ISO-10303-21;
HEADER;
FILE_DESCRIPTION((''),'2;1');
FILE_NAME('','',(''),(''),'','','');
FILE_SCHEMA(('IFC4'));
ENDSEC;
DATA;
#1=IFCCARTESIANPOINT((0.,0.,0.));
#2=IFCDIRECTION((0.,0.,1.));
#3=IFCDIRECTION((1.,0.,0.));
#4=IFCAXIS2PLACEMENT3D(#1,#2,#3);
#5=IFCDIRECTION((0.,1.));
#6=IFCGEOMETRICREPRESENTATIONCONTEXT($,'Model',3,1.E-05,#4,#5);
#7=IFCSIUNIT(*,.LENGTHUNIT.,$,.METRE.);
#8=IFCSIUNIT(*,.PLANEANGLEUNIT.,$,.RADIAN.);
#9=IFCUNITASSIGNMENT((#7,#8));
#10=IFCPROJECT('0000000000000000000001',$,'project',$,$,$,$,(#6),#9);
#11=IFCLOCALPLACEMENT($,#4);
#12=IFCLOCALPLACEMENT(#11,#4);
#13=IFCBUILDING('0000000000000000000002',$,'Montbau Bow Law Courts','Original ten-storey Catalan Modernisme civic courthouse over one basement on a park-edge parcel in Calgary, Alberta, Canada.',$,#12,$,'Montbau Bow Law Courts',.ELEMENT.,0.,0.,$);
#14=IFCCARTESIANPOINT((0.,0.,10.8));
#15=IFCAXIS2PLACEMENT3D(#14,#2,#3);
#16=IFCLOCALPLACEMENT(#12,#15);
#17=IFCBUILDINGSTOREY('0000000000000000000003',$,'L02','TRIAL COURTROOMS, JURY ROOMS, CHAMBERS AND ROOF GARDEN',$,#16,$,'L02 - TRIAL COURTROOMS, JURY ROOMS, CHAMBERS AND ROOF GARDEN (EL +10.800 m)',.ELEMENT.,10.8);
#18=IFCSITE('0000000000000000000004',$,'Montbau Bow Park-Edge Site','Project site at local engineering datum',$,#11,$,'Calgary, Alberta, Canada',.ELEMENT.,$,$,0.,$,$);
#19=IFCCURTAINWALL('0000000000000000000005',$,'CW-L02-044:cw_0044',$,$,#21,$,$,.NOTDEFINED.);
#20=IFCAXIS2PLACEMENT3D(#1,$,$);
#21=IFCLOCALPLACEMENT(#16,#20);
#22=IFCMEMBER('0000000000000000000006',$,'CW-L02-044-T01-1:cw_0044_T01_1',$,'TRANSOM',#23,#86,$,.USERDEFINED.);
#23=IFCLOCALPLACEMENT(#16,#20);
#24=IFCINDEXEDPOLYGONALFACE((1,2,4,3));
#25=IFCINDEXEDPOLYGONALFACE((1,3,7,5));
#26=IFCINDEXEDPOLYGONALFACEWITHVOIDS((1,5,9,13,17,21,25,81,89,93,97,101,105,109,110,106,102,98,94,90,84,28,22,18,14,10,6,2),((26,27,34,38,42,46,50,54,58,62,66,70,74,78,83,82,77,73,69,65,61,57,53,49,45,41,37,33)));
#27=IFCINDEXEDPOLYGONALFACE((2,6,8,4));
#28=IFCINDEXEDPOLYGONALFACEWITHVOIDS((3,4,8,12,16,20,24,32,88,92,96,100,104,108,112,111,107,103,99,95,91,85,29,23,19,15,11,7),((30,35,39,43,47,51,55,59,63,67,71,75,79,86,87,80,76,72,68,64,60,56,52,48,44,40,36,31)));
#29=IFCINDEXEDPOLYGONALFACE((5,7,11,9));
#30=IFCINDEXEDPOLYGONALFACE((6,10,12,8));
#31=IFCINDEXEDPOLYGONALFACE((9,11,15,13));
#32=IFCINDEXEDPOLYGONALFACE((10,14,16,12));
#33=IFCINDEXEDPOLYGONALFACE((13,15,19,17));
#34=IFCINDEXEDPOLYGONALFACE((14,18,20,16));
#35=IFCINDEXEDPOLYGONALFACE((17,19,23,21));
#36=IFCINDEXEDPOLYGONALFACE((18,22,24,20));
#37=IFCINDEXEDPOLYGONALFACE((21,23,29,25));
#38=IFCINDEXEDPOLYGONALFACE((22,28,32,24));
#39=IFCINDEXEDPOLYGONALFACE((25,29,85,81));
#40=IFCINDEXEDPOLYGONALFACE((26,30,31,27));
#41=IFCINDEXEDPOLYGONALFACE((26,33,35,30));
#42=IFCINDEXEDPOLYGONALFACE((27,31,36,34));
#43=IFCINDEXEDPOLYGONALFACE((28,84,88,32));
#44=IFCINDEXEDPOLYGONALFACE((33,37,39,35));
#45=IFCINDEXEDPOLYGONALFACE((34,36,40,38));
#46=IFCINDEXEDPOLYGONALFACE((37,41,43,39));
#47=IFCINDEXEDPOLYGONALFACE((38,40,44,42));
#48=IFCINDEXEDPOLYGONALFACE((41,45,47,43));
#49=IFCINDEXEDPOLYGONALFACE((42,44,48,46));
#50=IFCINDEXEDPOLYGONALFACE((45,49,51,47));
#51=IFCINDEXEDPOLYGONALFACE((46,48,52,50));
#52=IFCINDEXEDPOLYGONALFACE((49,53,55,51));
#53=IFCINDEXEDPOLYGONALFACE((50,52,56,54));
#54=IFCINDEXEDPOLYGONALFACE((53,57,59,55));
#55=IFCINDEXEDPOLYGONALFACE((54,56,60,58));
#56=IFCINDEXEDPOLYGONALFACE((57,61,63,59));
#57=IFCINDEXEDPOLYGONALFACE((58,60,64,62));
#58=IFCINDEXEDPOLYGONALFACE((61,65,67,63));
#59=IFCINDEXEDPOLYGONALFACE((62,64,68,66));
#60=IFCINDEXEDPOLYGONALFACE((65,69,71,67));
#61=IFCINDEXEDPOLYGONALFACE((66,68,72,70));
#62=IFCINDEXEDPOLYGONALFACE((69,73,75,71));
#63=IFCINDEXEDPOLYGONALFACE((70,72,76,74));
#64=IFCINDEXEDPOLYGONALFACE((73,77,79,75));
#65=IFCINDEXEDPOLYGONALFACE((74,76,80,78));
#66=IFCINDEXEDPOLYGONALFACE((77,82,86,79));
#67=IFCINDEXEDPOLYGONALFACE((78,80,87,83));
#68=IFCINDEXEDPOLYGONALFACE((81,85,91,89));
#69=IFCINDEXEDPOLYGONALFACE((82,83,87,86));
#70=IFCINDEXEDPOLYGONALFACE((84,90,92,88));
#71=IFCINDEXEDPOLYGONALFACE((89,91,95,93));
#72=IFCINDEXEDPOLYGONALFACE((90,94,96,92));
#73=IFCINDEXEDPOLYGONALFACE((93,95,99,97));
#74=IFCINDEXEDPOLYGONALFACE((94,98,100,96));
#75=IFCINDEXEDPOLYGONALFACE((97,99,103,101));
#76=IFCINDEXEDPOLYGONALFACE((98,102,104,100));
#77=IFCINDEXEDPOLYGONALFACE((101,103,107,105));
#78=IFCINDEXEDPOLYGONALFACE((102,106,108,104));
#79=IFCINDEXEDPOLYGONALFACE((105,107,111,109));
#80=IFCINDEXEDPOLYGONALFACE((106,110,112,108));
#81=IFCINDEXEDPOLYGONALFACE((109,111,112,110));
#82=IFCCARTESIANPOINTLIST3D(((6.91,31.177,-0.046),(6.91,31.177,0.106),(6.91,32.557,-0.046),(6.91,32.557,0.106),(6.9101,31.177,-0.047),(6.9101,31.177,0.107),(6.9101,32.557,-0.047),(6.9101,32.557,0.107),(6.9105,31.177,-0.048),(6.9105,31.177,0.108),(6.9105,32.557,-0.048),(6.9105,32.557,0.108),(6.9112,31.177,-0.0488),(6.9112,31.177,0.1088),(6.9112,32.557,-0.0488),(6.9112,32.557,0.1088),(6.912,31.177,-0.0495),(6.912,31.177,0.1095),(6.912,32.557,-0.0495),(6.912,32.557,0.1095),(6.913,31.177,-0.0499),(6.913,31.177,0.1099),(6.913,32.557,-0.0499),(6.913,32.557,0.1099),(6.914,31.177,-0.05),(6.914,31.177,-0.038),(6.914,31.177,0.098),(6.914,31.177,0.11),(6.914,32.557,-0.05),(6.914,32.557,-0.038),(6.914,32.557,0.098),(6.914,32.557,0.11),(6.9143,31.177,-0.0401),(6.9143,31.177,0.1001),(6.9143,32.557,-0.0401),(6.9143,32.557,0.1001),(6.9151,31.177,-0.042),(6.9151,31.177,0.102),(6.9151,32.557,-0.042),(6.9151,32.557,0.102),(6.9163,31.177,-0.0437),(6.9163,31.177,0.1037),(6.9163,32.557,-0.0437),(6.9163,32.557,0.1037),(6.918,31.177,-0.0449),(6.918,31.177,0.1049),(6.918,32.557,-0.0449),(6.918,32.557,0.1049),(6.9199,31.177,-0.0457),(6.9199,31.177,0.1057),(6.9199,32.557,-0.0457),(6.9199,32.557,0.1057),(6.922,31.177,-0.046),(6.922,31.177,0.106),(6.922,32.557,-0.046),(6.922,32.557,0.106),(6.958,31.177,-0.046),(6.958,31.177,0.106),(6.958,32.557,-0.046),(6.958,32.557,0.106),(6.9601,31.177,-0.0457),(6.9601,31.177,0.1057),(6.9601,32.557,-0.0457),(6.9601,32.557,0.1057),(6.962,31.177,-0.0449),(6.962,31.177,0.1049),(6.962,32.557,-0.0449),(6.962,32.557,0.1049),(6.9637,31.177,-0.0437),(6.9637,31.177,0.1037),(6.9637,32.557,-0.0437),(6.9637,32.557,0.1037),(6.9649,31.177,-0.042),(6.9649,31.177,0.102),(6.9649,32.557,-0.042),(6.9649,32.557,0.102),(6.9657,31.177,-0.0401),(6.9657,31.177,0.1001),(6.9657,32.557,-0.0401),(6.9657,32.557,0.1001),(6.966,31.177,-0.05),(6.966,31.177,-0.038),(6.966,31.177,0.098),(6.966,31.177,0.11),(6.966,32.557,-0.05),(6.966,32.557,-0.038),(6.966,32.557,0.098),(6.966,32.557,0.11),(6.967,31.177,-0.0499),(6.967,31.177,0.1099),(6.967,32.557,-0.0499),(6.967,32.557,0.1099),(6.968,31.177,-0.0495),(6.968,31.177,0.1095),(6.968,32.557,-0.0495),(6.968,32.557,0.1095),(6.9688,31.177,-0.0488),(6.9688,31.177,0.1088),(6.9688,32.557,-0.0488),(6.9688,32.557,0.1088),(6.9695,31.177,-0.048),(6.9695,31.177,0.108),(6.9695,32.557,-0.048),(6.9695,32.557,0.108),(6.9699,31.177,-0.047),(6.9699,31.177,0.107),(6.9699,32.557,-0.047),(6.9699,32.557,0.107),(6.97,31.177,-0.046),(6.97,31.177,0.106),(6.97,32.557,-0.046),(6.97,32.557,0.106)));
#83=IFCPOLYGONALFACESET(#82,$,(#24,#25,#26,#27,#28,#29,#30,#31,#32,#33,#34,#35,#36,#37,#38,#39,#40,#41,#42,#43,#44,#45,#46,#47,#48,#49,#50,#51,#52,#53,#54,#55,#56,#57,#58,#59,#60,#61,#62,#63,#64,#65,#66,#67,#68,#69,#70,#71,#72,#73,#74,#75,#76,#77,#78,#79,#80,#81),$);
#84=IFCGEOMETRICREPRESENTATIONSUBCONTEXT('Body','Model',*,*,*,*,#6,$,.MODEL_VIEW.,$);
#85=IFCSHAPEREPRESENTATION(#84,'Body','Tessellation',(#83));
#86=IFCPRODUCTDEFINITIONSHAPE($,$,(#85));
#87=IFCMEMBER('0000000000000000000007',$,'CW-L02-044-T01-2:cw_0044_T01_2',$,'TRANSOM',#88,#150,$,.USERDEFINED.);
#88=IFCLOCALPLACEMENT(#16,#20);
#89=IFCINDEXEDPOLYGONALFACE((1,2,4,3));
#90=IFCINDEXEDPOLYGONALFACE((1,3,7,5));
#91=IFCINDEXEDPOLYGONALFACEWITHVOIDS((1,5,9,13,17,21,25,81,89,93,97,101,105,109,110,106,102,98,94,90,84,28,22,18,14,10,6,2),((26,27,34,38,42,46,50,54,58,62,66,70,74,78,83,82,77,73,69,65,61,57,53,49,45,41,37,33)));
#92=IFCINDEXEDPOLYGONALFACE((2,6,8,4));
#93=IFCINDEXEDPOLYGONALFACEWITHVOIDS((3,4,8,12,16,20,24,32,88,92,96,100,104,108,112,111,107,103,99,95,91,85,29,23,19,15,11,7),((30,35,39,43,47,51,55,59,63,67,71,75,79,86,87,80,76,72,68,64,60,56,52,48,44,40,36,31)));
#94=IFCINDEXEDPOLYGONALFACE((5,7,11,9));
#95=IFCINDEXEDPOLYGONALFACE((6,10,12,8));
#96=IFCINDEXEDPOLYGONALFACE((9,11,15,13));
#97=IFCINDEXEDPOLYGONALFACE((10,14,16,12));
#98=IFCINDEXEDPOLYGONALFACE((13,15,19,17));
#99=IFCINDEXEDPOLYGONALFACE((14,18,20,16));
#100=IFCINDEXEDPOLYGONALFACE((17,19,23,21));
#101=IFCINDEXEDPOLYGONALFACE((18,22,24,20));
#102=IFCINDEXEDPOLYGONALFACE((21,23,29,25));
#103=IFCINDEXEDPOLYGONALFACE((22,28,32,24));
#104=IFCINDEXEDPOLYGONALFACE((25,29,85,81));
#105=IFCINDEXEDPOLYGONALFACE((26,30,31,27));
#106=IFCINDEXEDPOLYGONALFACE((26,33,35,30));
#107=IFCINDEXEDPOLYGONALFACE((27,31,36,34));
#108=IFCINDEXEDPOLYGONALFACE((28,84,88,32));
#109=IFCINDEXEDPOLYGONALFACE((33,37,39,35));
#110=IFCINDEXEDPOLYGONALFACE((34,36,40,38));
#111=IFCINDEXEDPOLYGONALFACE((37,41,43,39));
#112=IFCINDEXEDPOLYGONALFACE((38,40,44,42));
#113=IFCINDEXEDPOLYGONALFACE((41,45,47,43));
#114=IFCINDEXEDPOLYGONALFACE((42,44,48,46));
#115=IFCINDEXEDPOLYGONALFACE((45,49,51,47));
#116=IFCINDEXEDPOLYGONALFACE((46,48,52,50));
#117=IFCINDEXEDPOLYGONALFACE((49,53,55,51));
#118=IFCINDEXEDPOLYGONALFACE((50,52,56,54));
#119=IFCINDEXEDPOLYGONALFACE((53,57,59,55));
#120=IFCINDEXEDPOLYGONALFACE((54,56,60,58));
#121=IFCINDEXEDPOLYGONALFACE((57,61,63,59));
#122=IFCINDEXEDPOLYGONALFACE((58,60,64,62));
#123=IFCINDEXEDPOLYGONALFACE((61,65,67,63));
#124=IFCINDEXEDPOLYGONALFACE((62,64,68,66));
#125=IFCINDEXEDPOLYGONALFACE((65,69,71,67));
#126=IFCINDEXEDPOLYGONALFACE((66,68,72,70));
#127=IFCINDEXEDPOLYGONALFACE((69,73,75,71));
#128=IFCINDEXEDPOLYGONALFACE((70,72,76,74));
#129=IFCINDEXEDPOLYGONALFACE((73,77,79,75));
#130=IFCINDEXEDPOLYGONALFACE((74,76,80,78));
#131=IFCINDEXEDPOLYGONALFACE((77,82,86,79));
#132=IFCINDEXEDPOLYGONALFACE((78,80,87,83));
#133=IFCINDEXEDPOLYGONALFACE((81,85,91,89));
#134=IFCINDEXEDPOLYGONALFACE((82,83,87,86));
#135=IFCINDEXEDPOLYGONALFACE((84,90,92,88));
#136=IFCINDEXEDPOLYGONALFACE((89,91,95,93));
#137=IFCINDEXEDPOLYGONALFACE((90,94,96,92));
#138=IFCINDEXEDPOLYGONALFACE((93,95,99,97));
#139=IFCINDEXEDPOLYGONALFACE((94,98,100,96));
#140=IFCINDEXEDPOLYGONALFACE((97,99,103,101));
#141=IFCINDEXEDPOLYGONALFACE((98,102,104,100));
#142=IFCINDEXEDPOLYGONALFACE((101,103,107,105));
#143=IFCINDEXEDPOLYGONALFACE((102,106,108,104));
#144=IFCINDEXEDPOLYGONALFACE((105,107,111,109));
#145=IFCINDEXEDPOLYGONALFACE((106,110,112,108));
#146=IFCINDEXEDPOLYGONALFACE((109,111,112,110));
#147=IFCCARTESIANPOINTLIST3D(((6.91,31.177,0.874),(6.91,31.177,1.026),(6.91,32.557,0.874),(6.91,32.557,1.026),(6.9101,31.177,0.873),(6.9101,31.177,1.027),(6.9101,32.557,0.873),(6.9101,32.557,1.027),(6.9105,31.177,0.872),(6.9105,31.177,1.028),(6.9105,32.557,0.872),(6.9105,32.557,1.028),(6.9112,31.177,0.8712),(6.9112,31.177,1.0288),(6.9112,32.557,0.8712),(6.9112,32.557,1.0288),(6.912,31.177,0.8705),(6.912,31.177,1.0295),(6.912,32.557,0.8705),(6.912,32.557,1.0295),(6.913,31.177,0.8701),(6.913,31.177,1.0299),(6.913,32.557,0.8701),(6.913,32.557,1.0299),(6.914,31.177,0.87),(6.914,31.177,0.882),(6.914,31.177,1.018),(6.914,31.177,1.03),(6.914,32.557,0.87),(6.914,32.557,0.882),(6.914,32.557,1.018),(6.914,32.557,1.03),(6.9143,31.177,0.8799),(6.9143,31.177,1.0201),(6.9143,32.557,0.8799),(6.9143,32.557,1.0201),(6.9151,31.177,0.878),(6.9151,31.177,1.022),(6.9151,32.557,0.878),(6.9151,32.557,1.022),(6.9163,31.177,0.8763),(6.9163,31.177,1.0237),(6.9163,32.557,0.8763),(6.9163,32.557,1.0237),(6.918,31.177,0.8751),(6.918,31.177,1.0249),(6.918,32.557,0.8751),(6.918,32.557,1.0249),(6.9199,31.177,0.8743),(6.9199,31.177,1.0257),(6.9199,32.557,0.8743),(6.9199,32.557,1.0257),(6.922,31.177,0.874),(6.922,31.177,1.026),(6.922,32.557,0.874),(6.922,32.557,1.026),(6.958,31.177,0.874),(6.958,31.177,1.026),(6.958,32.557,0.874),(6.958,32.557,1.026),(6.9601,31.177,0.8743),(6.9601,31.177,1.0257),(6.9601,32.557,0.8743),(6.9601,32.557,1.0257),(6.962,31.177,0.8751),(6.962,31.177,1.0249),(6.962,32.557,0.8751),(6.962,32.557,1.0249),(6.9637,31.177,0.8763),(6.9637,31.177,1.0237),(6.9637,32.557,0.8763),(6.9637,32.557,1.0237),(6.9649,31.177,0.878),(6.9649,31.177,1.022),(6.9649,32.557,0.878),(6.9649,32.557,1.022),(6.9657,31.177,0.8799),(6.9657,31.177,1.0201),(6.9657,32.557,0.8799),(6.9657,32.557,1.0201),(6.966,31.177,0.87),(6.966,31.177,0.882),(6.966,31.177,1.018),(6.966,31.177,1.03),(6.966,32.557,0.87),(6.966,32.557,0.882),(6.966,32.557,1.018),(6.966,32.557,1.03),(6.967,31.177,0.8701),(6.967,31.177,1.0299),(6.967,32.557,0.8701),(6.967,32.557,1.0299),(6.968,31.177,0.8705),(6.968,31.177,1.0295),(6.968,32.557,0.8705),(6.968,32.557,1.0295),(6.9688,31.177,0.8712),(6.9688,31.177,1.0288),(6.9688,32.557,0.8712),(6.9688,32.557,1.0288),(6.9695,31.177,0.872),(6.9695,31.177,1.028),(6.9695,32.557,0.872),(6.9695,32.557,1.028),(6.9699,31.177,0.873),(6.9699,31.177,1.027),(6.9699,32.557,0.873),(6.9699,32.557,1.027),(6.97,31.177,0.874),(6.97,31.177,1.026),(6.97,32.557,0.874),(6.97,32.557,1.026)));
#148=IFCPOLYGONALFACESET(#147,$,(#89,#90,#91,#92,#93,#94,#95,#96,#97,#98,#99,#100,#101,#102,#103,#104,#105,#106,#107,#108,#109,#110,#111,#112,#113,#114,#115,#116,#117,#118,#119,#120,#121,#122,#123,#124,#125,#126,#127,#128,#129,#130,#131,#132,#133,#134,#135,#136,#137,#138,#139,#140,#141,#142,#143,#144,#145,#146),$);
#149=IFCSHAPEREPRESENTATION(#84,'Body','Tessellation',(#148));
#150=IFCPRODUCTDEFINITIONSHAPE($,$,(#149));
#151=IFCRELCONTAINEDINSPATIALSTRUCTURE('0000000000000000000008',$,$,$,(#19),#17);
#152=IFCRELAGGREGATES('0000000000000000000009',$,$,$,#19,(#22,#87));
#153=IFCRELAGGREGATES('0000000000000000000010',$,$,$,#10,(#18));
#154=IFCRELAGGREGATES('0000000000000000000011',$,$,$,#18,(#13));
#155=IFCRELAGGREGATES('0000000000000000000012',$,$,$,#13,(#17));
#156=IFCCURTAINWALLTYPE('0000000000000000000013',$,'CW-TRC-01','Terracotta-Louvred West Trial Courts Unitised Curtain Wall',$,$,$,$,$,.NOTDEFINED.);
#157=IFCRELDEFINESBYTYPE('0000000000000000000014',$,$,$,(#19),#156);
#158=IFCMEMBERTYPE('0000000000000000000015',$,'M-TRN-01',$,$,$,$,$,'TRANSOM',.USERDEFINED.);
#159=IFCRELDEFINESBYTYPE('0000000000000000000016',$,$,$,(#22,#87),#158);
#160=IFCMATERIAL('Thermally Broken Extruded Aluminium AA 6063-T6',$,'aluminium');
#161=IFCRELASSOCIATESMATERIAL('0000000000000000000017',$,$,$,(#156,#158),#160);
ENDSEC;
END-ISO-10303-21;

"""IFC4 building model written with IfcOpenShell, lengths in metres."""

from ifc_helpers import new_model, si_unit, direction, frame, origin_with_axes, origin_2d_with_axis, place, context, subcontext, project, spatial, hollow_rectangle, extrude, material, material_profile, profile_set, type_object, element, aggregate, save


model = new_model("IFC4")

# Units and contexts
model_context = context("Model", 3, precision=1e-05, world=origin_with_axes(), true_north=direction((0.0, 1.0)))
body_context = subcontext(model_context, "Body", "Model", "MODEL_VIEW")
ifc_project = project(units=[si_unit("LENGTHUNIT", "METRE"), si_unit("PLANEANGLEUNIT", "RADIAN")], contexts=[model_context])

# Site, building, storey
site_placement = place(None, origin_with_axes())
site = spatial("IfcSite", under=ifc_project, at=site_placement, Name="Montbau Bow Park-Edge Site", Description="Project site at local engineering datum", LongName="Calgary, Alberta, Canada", CompositionType="ELEMENT", RefElevation=0.0)
building_placement = place(site_placement, origin_with_axes())
building = spatial("IfcBuilding", under=site, at=building_placement, Name="Montbau Bow Law Courts", Description="Original ten-storey Catalan Modernisme civic courthouse over one basement on a park-edge parcel in Calgary, Alberta, Canada.", LongName="Montbau Bow Law Courts", CompositionType="ELEMENT", ElevationOfRefHeight=0.0, ElevationOfTerrain=0.0)
storey_placement = place(building_placement, frame((0.0, 0.0, 10.8), z_axis=(0.0, 0.0, 1.0), x_axis=(1.0, 0.0, 0.0)))
storey = spatial("IfcBuildingStorey", under=building, at=storey_placement, Name="L02", Description="TRIAL COURTROOMS, JURY ROOMS, CHAMBERS AND ROOF GARDEN", LongName="L02 - TRIAL COURTROOMS, JURY ROOMS, CHAMBERS AND ROOF GARDEN (EL +10.800 m)", CompositionType="ELEMENT", Elevation=10.8)

# Curtain wall, members
ifc_material_1 = material(Name="Thermally Broken Extruded Aluminium AA 6063-T6", Category="aluminium")
curtain_wall_type = type_object("IfcCurtainWallType", Name="CW-TRC-01", Description="Terracotta-Louvred West Trial Courts Unitised Curtain Wall", PredefinedType="NOTDEFINED", material=ifc_material_1)
curtain_wall_placement = place(None, frame((6.94, 31.115, 10.8), z_axis=(0.0, 0.0, 1.0), x_axis=(1.0, 0.0, 0.0)))
curtain_wall = element("IfcCurtainWall", 1, at=curtain_wall_placement, inside=storey, type_object=curtain_wall_type, Name="CW-L02-044:cw_0044", PredefinedType="NOTDEFINED")
ifc_material_profile_1 = material_profile(ifc_material_1, hollow_rectangle(XDim=0.06, YDim=0.16, WallThickness=0.004, InnerFilletRadius=0.008, OuterFilletRadius=0.004, at=origin_2d_with_axis()), Name="CWT-160X60", Category="Main", Priority=0)
ifc_profile_set_1 = profile_set([ifc_material_profile_1], Name="Thermally Broken Extruded Aluminium AA 6063-T6")
member_type_1 = type_object("IfcMemberType", Name="M-TRN-01", ElementType="TRANSOM", PredefinedType="USERDEFINED", material=ifc_profile_set_1)
member_1_placement = place(None, frame((6.94, 31.177, 10.83), z_axis=(0.0, 1.0, 0.0), x_axis=(-1.0, 0.0, 0.0)))
member_1 = element("IfcMember", 2, at=member_1_placement, type_object=member_type_1, Name="CW-L02-044-T01-1:cw_0044_T01_1", ObjectType="TRANSOM", PredefinedType="USERDEFINED", context=body_context, shape_type="SweptSolid", body=[
    extrude(hollow_rectangle(XDim=0.06, YDim=0.16, WallThickness=0.004, InnerFilletRadius=0.008, OuterFilletRadius=0.004, at=origin_2d_with_axis()), origin_with_axes(), (0.0, 0.0, 1.0), 1.38),
])
member_2_placement = place(None, frame((6.94, 31.177, 11.75), z_axis=(0.0, 1.0, 0.0), x_axis=(-1.0, 0.0, 0.0)))
member_2 = element("IfcMember", 3, at=member_2_placement, type_object=member_type_1, Name="CW-L02-044-T01-2:cw_0044_T01_2", ObjectType="TRANSOM", PredefinedType="USERDEFINED", context=body_context, shape_type="SweptSolid", body=[
    extrude(hollow_rectangle(XDim=0.06, YDim=0.16, WallThickness=0.004, InnerFilletRadius=0.008, OuterFilletRadius=0.004, at=origin_2d_with_axis()), origin_with_axes(), (0.0, 0.0, 1.0), 1.38),
])
aggregate(curtain_wall, [member_1, member_2])

save(model, "model.ifc")
